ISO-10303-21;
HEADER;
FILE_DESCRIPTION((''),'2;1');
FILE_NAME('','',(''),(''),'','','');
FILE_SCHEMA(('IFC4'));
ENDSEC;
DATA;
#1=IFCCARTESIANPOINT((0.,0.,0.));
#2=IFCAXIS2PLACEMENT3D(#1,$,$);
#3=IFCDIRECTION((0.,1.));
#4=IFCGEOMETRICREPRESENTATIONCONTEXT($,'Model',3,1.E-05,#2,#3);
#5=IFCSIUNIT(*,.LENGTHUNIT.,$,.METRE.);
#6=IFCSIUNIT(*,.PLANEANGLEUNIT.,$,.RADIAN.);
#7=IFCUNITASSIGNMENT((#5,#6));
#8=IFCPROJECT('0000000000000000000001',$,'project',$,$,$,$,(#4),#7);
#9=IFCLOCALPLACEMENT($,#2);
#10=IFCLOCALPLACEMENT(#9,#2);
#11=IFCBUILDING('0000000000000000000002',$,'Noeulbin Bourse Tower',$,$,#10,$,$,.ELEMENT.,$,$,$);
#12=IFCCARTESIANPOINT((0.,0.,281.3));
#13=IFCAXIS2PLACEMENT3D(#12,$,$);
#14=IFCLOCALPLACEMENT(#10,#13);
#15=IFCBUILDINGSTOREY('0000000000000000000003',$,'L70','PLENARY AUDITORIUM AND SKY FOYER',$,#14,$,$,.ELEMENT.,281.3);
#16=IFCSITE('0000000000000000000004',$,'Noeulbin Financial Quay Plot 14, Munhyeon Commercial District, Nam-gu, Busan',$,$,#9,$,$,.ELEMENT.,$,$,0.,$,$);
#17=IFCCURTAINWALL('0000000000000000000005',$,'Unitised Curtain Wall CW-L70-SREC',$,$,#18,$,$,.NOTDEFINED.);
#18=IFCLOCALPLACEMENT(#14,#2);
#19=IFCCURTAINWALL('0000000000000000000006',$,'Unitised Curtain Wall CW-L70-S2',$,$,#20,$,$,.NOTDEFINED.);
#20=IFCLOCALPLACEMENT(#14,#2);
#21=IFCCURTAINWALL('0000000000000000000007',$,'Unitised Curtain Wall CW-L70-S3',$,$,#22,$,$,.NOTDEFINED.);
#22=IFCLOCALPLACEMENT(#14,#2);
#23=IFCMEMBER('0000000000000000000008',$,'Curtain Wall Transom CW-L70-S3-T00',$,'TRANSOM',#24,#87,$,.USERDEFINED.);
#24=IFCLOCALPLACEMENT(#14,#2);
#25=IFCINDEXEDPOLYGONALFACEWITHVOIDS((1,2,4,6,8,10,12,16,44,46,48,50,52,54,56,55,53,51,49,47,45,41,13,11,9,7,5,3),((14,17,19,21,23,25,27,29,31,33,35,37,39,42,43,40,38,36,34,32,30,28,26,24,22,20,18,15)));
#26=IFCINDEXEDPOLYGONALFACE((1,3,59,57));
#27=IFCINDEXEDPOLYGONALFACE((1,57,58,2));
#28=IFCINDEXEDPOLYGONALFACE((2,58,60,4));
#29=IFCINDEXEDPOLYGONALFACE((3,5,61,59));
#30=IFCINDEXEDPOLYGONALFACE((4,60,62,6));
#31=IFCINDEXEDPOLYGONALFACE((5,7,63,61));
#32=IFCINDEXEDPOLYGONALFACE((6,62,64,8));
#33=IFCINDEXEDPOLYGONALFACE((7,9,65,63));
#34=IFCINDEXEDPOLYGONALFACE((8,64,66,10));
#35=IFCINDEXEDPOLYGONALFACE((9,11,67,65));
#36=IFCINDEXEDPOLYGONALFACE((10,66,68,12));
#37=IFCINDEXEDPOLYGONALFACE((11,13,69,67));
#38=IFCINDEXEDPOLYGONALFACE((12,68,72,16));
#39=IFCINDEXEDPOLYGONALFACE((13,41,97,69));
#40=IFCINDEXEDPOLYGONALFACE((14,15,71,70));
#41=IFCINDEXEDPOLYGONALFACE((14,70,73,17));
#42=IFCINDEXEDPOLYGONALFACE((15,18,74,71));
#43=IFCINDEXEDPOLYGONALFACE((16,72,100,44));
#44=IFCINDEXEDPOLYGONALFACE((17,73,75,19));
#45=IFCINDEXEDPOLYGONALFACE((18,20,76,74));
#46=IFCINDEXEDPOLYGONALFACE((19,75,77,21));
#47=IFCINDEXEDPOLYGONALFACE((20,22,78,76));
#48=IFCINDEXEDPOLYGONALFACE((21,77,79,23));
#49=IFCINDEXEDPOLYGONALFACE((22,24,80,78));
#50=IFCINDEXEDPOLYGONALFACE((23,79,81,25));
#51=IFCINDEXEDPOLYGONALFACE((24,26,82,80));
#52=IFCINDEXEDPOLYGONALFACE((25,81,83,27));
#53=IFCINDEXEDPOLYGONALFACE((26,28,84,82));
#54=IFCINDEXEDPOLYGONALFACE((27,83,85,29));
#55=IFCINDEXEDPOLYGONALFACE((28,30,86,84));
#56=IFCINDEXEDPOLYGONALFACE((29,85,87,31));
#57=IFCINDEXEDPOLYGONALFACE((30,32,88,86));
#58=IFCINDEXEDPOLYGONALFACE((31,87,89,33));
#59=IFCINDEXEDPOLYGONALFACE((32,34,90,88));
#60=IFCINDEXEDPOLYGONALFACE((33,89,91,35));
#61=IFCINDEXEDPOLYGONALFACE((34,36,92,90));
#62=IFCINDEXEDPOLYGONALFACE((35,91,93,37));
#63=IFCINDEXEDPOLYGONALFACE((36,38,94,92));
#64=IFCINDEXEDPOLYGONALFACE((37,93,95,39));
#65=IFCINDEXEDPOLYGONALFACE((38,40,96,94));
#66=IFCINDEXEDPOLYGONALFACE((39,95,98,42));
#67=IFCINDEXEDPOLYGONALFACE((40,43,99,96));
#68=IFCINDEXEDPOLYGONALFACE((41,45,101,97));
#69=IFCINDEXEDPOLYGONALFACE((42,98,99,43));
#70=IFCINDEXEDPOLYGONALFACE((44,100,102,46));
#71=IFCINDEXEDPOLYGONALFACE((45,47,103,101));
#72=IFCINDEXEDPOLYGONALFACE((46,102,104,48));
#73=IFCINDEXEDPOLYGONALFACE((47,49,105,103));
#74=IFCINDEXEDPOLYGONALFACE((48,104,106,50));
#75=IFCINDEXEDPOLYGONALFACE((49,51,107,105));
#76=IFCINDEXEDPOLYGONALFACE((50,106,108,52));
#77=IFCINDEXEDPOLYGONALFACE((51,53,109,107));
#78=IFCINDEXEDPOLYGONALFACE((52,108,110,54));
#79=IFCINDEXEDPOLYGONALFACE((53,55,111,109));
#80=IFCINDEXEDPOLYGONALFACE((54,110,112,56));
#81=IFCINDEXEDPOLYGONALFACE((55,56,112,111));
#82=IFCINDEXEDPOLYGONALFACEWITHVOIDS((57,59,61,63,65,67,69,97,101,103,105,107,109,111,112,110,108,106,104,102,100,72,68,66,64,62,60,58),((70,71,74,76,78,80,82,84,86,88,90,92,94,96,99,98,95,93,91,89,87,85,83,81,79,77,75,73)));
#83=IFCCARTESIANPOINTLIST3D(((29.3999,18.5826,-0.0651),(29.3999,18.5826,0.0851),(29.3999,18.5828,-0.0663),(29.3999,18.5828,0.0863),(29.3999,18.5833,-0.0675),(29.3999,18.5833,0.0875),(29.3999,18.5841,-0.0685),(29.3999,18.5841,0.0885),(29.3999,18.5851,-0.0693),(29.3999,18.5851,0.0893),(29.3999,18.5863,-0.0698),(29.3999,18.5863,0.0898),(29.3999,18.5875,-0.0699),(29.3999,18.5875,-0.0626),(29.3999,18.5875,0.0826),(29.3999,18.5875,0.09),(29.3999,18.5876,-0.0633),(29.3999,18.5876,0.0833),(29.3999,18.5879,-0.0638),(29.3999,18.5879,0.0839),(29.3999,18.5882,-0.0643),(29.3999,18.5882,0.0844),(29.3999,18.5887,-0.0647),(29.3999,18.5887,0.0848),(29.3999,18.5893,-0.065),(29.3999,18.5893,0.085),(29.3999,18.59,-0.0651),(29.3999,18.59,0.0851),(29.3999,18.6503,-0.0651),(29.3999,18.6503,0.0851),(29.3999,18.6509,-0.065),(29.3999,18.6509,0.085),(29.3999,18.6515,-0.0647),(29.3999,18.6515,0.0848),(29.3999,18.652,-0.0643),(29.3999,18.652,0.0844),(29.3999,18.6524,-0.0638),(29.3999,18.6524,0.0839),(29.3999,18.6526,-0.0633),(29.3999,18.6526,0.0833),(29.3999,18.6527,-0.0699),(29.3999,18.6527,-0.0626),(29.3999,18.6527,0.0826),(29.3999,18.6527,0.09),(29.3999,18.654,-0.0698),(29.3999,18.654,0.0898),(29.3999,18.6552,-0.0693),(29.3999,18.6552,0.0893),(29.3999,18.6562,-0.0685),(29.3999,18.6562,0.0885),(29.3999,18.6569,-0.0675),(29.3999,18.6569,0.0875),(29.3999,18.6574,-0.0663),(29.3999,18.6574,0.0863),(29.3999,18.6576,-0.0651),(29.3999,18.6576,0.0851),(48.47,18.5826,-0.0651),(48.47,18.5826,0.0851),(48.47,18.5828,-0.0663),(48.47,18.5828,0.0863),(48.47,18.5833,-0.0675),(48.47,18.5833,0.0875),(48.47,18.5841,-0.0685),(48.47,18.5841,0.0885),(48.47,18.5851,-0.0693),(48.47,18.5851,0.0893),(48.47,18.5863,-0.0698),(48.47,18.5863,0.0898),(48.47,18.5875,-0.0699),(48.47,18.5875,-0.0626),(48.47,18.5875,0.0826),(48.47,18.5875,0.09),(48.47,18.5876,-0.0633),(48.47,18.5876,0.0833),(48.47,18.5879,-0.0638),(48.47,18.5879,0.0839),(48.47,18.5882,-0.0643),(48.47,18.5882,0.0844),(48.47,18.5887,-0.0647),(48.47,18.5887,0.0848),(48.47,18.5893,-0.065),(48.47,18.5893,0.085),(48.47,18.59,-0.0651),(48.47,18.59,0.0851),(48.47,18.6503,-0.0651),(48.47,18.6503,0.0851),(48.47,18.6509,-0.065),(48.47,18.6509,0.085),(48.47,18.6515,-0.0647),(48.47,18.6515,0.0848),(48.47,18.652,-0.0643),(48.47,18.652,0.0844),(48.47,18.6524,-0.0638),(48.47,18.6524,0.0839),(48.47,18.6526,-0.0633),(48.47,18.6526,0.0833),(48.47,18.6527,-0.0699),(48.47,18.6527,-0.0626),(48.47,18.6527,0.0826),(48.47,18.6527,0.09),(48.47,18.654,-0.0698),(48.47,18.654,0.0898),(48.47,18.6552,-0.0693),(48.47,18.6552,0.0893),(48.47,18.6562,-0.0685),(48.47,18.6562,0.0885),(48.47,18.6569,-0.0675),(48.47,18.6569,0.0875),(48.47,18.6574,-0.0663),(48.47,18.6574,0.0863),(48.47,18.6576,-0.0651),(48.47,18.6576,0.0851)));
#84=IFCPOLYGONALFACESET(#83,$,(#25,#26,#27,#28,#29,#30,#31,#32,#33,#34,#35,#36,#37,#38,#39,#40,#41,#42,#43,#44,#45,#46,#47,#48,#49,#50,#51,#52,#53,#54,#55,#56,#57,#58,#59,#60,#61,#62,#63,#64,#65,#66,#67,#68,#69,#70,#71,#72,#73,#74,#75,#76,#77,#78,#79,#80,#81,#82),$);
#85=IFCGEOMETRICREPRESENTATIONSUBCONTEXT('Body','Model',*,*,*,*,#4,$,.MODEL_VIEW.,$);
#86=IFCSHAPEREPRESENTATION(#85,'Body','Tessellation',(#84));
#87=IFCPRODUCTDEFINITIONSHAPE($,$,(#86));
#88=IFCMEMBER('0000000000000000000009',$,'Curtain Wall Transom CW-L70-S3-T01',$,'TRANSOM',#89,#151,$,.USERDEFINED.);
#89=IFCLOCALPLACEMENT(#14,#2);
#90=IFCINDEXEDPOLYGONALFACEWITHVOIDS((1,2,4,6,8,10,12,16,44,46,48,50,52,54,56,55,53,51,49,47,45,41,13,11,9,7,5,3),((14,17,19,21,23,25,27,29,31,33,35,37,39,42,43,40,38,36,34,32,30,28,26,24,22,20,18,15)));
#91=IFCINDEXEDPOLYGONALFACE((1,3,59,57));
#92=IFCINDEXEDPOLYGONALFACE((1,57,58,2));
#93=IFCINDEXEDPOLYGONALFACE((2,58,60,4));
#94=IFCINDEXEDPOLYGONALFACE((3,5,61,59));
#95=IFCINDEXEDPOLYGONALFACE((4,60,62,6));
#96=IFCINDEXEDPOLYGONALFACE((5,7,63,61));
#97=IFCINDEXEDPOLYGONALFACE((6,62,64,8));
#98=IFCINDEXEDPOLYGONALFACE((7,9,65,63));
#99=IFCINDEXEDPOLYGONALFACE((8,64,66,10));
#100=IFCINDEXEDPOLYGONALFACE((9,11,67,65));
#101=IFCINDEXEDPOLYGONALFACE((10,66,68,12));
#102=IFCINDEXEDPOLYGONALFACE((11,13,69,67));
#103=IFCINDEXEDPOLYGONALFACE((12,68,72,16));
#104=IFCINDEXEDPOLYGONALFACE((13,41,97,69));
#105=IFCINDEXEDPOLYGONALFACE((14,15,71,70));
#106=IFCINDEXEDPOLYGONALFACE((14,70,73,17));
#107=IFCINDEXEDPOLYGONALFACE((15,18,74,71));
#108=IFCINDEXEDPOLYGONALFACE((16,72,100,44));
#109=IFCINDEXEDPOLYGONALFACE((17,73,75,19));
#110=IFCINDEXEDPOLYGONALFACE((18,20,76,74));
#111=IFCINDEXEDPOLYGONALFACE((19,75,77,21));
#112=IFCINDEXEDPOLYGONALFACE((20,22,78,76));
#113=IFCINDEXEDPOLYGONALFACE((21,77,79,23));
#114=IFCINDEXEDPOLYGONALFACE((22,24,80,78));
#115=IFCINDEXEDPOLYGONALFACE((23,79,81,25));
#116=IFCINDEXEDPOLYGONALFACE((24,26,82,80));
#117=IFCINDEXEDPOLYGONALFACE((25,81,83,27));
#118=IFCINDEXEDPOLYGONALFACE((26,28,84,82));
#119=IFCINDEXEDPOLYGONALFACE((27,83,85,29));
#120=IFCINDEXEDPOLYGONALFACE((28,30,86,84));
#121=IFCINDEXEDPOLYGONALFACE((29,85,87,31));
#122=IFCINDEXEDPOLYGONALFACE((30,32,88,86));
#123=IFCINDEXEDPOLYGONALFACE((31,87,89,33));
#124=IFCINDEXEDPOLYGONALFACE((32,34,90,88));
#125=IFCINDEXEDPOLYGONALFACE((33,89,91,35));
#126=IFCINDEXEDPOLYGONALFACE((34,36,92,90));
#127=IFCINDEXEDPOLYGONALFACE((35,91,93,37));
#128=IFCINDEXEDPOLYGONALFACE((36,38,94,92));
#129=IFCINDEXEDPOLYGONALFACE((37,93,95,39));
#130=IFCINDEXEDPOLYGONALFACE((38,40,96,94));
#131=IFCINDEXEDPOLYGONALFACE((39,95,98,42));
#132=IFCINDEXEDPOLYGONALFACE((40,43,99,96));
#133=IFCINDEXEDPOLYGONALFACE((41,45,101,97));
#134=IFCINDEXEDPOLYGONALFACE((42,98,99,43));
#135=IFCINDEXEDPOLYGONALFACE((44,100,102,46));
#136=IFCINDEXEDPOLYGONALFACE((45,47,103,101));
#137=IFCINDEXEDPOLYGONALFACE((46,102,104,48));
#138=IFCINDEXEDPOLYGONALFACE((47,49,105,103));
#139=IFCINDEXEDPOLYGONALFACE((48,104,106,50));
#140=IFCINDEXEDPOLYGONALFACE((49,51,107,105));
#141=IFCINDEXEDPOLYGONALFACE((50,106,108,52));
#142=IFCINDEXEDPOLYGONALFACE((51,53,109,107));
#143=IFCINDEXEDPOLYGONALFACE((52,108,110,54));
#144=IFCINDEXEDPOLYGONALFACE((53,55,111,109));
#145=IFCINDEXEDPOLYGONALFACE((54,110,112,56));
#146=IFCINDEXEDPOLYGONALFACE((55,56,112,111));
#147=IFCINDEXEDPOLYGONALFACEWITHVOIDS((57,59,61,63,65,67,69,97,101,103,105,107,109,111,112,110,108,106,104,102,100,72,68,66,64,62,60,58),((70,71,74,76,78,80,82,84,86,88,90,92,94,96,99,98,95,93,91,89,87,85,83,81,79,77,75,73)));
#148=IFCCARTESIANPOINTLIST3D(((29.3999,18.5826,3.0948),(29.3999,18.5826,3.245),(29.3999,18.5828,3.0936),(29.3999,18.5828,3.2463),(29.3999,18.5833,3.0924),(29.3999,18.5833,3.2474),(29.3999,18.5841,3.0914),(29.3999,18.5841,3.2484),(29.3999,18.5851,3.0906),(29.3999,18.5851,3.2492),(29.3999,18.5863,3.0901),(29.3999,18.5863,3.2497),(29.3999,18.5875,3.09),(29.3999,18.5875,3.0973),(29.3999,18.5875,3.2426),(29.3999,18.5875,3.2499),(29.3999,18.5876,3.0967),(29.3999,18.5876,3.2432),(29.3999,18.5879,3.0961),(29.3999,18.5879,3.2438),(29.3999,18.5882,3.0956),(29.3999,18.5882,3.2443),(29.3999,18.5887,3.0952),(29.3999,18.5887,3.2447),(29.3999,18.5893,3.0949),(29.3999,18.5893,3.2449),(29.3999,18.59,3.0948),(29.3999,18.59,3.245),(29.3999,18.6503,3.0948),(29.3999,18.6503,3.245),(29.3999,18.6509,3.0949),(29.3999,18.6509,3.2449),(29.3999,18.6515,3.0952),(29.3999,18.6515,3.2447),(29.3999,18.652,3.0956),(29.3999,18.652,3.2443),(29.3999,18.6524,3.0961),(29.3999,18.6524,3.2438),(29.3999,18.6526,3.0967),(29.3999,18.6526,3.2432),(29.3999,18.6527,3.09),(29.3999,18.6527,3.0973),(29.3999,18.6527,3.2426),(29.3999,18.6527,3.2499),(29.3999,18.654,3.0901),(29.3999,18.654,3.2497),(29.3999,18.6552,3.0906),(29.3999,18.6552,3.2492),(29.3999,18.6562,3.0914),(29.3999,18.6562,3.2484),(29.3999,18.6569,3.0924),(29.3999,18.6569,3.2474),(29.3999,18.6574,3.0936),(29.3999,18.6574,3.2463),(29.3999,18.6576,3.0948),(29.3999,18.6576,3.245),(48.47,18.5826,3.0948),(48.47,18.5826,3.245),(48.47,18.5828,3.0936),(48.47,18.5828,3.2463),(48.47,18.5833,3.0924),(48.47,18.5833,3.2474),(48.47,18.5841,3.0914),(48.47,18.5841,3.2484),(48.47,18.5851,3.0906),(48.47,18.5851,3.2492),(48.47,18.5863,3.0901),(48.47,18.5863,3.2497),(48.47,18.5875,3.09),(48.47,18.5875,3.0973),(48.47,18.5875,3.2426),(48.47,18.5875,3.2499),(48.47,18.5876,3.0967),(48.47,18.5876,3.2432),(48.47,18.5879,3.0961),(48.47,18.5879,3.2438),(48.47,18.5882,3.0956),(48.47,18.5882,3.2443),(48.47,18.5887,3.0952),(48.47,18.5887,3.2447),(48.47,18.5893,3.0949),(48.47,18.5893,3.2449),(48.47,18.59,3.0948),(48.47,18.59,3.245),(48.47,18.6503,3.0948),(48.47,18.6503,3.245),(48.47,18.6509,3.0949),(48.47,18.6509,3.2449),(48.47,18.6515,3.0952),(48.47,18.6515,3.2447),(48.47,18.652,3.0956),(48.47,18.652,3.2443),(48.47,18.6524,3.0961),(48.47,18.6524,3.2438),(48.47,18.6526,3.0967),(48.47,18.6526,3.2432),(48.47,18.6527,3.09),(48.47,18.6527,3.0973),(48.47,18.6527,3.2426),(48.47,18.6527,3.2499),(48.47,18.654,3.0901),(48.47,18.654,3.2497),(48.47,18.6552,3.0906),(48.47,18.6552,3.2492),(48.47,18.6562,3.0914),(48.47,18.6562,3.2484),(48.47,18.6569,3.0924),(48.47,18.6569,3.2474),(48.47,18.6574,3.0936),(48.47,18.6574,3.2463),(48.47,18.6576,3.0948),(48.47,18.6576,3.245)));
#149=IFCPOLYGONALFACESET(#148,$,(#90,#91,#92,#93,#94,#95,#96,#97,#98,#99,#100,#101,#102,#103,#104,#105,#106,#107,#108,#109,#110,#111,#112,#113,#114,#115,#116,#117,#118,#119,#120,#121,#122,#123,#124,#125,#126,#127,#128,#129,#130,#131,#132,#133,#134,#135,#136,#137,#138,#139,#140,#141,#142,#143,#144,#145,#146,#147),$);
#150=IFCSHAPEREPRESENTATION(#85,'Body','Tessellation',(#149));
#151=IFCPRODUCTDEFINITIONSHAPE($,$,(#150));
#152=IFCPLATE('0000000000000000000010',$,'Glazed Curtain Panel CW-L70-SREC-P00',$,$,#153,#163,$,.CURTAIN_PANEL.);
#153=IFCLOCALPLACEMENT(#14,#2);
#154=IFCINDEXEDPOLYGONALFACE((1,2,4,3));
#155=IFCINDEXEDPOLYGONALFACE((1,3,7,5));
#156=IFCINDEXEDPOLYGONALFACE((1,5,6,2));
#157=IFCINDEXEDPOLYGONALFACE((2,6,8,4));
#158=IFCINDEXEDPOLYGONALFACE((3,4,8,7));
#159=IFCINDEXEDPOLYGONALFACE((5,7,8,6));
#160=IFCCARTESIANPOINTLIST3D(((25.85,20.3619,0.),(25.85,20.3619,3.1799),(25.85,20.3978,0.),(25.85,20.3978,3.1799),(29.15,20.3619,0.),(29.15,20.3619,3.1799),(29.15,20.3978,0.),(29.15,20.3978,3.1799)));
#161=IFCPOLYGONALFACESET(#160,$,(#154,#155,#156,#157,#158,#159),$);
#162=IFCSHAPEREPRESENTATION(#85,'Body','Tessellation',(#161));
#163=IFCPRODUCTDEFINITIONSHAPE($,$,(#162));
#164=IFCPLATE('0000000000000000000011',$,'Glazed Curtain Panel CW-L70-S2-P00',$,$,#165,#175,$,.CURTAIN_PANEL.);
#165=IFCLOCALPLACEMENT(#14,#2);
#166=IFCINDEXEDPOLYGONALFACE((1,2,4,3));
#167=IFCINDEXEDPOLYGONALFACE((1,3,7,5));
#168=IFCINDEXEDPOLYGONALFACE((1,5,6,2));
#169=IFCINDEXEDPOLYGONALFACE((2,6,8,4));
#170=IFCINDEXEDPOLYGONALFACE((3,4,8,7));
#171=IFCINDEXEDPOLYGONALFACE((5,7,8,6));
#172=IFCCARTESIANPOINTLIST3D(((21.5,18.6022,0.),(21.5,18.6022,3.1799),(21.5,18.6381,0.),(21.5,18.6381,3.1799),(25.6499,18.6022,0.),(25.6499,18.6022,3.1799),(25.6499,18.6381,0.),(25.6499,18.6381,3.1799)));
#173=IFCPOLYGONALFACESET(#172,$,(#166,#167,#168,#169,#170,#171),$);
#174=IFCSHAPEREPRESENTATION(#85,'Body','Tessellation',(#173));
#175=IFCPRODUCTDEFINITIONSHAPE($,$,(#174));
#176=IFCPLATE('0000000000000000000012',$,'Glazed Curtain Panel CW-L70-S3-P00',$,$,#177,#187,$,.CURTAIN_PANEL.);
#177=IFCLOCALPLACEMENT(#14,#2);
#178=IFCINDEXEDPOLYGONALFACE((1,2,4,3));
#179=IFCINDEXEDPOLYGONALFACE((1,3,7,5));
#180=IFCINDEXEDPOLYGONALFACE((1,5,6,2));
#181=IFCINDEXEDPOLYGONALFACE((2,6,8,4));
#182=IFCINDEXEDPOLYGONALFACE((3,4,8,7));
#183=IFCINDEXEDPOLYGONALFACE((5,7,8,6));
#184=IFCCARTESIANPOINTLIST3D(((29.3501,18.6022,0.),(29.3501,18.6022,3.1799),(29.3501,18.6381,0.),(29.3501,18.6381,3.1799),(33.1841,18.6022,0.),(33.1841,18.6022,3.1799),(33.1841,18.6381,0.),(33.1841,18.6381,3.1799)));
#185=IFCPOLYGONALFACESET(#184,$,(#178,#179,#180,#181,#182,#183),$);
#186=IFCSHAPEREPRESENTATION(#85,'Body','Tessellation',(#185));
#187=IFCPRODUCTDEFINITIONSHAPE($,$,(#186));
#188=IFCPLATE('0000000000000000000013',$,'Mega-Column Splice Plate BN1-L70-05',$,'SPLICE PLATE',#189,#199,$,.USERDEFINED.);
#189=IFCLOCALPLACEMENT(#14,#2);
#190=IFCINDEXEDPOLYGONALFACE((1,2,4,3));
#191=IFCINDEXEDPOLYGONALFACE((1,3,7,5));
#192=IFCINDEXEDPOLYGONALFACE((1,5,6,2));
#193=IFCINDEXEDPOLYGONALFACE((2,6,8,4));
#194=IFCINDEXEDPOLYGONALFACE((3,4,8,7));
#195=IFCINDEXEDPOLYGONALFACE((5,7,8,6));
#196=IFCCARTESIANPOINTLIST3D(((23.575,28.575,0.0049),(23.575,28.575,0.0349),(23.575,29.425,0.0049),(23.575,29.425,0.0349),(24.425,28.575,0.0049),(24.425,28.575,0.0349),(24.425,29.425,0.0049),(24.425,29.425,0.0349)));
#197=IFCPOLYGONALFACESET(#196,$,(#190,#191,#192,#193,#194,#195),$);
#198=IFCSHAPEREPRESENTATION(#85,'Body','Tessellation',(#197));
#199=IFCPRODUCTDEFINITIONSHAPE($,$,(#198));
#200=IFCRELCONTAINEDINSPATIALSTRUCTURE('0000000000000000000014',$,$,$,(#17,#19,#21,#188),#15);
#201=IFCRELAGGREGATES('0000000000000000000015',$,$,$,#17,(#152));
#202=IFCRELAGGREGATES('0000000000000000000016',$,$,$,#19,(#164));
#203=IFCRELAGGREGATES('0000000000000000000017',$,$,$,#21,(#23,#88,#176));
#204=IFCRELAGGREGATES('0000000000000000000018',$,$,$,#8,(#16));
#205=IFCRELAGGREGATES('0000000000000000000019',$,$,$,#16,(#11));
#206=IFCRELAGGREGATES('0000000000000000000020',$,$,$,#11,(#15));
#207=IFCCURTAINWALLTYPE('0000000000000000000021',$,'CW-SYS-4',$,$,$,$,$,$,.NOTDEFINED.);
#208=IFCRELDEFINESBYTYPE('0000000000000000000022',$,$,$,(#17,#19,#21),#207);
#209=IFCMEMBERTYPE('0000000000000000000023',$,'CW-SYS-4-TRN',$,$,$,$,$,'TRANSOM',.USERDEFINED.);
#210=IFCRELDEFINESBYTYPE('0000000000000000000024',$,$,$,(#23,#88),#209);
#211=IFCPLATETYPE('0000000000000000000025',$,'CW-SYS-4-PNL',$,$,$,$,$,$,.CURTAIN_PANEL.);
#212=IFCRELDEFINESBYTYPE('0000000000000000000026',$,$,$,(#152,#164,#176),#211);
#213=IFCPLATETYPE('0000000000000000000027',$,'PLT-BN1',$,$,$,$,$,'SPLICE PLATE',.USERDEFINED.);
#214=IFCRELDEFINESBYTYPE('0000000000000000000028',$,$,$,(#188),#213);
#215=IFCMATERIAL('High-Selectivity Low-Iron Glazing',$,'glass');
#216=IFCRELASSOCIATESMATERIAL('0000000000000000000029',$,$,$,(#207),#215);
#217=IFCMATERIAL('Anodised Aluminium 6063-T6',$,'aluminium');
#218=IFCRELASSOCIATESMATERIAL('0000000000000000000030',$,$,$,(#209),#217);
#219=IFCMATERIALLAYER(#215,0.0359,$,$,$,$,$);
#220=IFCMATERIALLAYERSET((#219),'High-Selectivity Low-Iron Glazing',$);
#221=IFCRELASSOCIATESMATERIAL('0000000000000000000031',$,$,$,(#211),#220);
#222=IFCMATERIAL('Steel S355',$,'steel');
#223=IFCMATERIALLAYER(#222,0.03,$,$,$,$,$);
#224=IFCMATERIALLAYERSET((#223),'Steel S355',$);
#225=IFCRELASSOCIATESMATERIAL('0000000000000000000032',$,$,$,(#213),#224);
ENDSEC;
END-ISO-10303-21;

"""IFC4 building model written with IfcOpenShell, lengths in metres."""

from ifc_helpers import new_model, si_unit, direction, frame, origin, origin_2d, place, context, subcontext, project, spatial, rectangle, hollow_rectangle, extrude, material, layer, layer_set, material_profile, profile_set, type_object, element, aggregate, save


model = new_model("IFC4")

# Units and contexts
model_context = context("Model", 3, precision=1e-05, world=origin(), true_north=direction((0.0, 1.0)))
body_context = subcontext(model_context, "Body", "Model", "MODEL_VIEW")
ifc_project = project(units=[si_unit("LENGTHUNIT", "METRE"), si_unit("PLANEANGLEUNIT", "RADIAN")], contexts=[model_context])

# Site, building, storey
site_placement = place(None, origin())
site = spatial("IfcSite", under=ifc_project, at=site_placement, Name="Noeulbin Financial Quay Plot 14, Munhyeon Commercial District, Nam-gu, Busan", CompositionType="ELEMENT", RefElevation=0.0)
building_placement = place(site_placement, origin())
building = spatial("IfcBuilding", under=site, at=building_placement, Name="Noeulbin Bourse Tower", CompositionType="ELEMENT")
storey_placement = place(building_placement, frame((0.0, 0.0, 281.3)))
storey = spatial("IfcBuildingStorey", under=building, at=storey_placement, Name="L70", Description="PLENARY AUDITORIUM AND SKY FOYER", CompositionType="ELEMENT", Elevation=281.3)

# Shared definitions
ifc_material_1 = material(Name="Steel S355", Category="steel")

# Curtain wall
ifc_material_2 = material(Name="High-Selectivity Low-Iron Glazing", Category="glass")
curtain_wall_type = type_object("IfcCurtainWallType", Name="CW-SYS-4", PredefinedType="NOTDEFINED", material=ifc_material_2)
curtain_wall_1_placement = place(storey_placement, origin())
curtain_wall_1 = element("IfcCurtainWall", 1, at=curtain_wall_1_placement, inside=storey, type_object=curtain_wall_type, Name="Unitised Curtain Wall CW-L70-SREC", PredefinedType="NOTDEFINED")
ifc_material_3 = material(Name="Anodised Aluminium 6063-T6", Category="aluminium")

# Curtain walls
curtain_wall_2_placement = place(storey_placement, origin())
curtain_wall_2 = element("IfcCurtainWall", 2, at=curtain_wall_2_placement, inside=storey, type_object=curtain_wall_type, Name="Unitised Curtain Wall CW-L70-S2", PredefinedType="NOTDEFINED")
curtain_wall_3_placement = place(storey_placement, origin())
curtain_wall_3 = element("IfcCurtainWall", 3, at=curtain_wall_3_placement, inside=storey, type_object=curtain_wall_type, Name="Unitised Curtain Wall CW-L70-S3", PredefinedType="NOTDEFINED")

# Members
ifc_material_profile_1 = material_profile(ifc_material_3, hollow_rectangle(XDim=0.075, YDim=0.1599, WallThickness=0.0049, InnerFilletRadius=0.0024, OuterFilletRadius=0.0049, at=origin_2d()), Name="ALU-TRAN-75x160x5", Category="LoadBearing")
ifc_profile_set_1 = profile_set([ifc_material_profile_1], Name="Anodised Aluminium 6063-T6")
member_type_1 = type_object("IfcMemberType", Name="CW-SYS-4-TRN", ElementType="TRANSOM", PredefinedType="USERDEFINED", material=ifc_profile_set_1)
member_1_placement = place(storey_placement, frame((29.3999, 18.6201, 0.01), z_axis=(1.0, 0.0, 0.0), x_axis=(0.0, 1.0, 0.0)))
member_1 = element("IfcMember", 4, at=member_1_placement, type_object=member_type_1, Name="Curtain Wall Transom CW-L70-S3-T00", ObjectType="TRANSOM", PredefinedType="USERDEFINED", context=body_context, shape_type="SweptSolid", body=[
    extrude(hollow_rectangle(XDim=0.075, YDim=0.1599, WallThickness=0.0049, InnerFilletRadius=0.0024, OuterFilletRadius=0.0049, at=origin_2d()), origin(), (0.0, 0.0, 1.0), 19.0701),
])
member_2_placement = place(storey_placement, frame((29.3999, 18.6201, 3.1699), z_axis=(1.0, 0.0, 0.0), x_axis=(0.0, 1.0, 0.0)))
member_2 = element("IfcMember", 5, at=member_2_placement, type_object=member_type_1, Name="Curtain Wall Transom CW-L70-S3-T01", ObjectType="TRANSOM", PredefinedType="USERDEFINED", context=body_context, shape_type="SweptSolid", body=[
    extrude(hollow_rectangle(XDim=0.075, YDim=0.1599, WallThickness=0.0049, InnerFilletRadius=0.0024, OuterFilletRadius=0.0049, at=origin_2d()), origin(), (0.0, 0.0, 1.0), 19.0701),
])

# Plates
ifc_layer_1 = layer(ifc_material_2, 0.0359)
ifc_layer_set_1 = layer_set([ifc_layer_1], Name="High-Selectivity Low-Iron Glazing")
plate_type_1 = type_object("IfcPlateType", Name="CW-SYS-4-PNL", PredefinedType="CURTAIN_PANEL", material=ifc_layer_set_1)
plate_1_placement = place(storey_placement, frame((27.5, 20.3799, 0.0), z_axis=(0.0, 0.0, 1.0), x_axis=(1.0, 0.0, 0.0)))
plate_1 = element("IfcPlate", 6, at=plate_1_placement, type_object=plate_type_1, Name="Glazed Curtain Panel CW-L70-SREC-P00", PredefinedType="CURTAIN_PANEL", context=body_context, shape_type="SweptSolid", body=[
    extrude(rectangle(XDim=3.3, YDim=0.0359, at=origin_2d()), origin(), (0.0, 0.0, 1.0), 3.1799),
])
aggregate(curtain_wall_1, [plate_1])
plate_2_placement = place(storey_placement, frame((23.575, 18.6201, 0.0), z_axis=(0.0, 0.0, 1.0), x_axis=(1.0, 0.0, 0.0)))
plate_2 = element("IfcPlate", 7, at=plate_2_placement, type_object=plate_type_1, Name="Glazed Curtain Panel CW-L70-S2-P00", PredefinedType="CURTAIN_PANEL", context=body_context, shape_type="SweptSolid", body=[
    extrude(rectangle(XDim=4.1499, YDim=0.0359, at=origin_2d()), origin(), (0.0, 0.0, 1.0), 3.1799),
])
aggregate(curtain_wall_2, [plate_2])
plate_3_placement = place(storey_placement, frame((31.2671, 18.6201, 0.0), z_axis=(0.0, 0.0, 1.0), x_axis=(1.0, 0.0, 0.0)))
plate_3 = element("IfcPlate", 8, at=plate_3_placement, type_object=plate_type_1, Name="Glazed Curtain Panel CW-L70-S3-P00", PredefinedType="CURTAIN_PANEL", context=body_context, shape_type="SweptSolid", body=[
    extrude(rectangle(XDim=3.834, YDim=0.0359, at=origin_2d()), origin(), (0.0, 0.0, 1.0), 3.1799),
])
aggregate(curtain_wall_3, [member_1, member_2, plate_3])

# Plate
ifc_layer_2 = layer(ifc_material_1, 0.03)
ifc_layer_set_2 = layer_set([ifc_layer_2], Name="Steel S355")
plate_type_2 = type_object("IfcPlateType", Name="PLT-BN1", ElementType="SPLICE PLATE", PredefinedType="USERDEFINED", material=ifc_layer_set_2)
for number, where, z_axis, x_axis, name in (
    (9, (24.0, 29.0, 0.0049), (0.0, 0.0, 1.0), (1.0, 0.0, 0.0), "Mega-Column Splice Plate BN1-L70-05"),
):
    element("IfcPlate", number, at=place(storey_placement, frame(where, z_axis=z_axis, x_axis=x_axis)), inside=storey, type_object=plate_type_2, Name=name, ObjectType="SPLICE PLATE", PredefinedType="USERDEFINED", context=body_context, shape_type="SweptSolid", body=[
        extrude(rectangle(XDim=0.8501, YDim=0.8501, at=origin_2d()), origin(), (0.0, 0.0, 1.0), 0.03),
    ])

save(model, "model.ifc")
